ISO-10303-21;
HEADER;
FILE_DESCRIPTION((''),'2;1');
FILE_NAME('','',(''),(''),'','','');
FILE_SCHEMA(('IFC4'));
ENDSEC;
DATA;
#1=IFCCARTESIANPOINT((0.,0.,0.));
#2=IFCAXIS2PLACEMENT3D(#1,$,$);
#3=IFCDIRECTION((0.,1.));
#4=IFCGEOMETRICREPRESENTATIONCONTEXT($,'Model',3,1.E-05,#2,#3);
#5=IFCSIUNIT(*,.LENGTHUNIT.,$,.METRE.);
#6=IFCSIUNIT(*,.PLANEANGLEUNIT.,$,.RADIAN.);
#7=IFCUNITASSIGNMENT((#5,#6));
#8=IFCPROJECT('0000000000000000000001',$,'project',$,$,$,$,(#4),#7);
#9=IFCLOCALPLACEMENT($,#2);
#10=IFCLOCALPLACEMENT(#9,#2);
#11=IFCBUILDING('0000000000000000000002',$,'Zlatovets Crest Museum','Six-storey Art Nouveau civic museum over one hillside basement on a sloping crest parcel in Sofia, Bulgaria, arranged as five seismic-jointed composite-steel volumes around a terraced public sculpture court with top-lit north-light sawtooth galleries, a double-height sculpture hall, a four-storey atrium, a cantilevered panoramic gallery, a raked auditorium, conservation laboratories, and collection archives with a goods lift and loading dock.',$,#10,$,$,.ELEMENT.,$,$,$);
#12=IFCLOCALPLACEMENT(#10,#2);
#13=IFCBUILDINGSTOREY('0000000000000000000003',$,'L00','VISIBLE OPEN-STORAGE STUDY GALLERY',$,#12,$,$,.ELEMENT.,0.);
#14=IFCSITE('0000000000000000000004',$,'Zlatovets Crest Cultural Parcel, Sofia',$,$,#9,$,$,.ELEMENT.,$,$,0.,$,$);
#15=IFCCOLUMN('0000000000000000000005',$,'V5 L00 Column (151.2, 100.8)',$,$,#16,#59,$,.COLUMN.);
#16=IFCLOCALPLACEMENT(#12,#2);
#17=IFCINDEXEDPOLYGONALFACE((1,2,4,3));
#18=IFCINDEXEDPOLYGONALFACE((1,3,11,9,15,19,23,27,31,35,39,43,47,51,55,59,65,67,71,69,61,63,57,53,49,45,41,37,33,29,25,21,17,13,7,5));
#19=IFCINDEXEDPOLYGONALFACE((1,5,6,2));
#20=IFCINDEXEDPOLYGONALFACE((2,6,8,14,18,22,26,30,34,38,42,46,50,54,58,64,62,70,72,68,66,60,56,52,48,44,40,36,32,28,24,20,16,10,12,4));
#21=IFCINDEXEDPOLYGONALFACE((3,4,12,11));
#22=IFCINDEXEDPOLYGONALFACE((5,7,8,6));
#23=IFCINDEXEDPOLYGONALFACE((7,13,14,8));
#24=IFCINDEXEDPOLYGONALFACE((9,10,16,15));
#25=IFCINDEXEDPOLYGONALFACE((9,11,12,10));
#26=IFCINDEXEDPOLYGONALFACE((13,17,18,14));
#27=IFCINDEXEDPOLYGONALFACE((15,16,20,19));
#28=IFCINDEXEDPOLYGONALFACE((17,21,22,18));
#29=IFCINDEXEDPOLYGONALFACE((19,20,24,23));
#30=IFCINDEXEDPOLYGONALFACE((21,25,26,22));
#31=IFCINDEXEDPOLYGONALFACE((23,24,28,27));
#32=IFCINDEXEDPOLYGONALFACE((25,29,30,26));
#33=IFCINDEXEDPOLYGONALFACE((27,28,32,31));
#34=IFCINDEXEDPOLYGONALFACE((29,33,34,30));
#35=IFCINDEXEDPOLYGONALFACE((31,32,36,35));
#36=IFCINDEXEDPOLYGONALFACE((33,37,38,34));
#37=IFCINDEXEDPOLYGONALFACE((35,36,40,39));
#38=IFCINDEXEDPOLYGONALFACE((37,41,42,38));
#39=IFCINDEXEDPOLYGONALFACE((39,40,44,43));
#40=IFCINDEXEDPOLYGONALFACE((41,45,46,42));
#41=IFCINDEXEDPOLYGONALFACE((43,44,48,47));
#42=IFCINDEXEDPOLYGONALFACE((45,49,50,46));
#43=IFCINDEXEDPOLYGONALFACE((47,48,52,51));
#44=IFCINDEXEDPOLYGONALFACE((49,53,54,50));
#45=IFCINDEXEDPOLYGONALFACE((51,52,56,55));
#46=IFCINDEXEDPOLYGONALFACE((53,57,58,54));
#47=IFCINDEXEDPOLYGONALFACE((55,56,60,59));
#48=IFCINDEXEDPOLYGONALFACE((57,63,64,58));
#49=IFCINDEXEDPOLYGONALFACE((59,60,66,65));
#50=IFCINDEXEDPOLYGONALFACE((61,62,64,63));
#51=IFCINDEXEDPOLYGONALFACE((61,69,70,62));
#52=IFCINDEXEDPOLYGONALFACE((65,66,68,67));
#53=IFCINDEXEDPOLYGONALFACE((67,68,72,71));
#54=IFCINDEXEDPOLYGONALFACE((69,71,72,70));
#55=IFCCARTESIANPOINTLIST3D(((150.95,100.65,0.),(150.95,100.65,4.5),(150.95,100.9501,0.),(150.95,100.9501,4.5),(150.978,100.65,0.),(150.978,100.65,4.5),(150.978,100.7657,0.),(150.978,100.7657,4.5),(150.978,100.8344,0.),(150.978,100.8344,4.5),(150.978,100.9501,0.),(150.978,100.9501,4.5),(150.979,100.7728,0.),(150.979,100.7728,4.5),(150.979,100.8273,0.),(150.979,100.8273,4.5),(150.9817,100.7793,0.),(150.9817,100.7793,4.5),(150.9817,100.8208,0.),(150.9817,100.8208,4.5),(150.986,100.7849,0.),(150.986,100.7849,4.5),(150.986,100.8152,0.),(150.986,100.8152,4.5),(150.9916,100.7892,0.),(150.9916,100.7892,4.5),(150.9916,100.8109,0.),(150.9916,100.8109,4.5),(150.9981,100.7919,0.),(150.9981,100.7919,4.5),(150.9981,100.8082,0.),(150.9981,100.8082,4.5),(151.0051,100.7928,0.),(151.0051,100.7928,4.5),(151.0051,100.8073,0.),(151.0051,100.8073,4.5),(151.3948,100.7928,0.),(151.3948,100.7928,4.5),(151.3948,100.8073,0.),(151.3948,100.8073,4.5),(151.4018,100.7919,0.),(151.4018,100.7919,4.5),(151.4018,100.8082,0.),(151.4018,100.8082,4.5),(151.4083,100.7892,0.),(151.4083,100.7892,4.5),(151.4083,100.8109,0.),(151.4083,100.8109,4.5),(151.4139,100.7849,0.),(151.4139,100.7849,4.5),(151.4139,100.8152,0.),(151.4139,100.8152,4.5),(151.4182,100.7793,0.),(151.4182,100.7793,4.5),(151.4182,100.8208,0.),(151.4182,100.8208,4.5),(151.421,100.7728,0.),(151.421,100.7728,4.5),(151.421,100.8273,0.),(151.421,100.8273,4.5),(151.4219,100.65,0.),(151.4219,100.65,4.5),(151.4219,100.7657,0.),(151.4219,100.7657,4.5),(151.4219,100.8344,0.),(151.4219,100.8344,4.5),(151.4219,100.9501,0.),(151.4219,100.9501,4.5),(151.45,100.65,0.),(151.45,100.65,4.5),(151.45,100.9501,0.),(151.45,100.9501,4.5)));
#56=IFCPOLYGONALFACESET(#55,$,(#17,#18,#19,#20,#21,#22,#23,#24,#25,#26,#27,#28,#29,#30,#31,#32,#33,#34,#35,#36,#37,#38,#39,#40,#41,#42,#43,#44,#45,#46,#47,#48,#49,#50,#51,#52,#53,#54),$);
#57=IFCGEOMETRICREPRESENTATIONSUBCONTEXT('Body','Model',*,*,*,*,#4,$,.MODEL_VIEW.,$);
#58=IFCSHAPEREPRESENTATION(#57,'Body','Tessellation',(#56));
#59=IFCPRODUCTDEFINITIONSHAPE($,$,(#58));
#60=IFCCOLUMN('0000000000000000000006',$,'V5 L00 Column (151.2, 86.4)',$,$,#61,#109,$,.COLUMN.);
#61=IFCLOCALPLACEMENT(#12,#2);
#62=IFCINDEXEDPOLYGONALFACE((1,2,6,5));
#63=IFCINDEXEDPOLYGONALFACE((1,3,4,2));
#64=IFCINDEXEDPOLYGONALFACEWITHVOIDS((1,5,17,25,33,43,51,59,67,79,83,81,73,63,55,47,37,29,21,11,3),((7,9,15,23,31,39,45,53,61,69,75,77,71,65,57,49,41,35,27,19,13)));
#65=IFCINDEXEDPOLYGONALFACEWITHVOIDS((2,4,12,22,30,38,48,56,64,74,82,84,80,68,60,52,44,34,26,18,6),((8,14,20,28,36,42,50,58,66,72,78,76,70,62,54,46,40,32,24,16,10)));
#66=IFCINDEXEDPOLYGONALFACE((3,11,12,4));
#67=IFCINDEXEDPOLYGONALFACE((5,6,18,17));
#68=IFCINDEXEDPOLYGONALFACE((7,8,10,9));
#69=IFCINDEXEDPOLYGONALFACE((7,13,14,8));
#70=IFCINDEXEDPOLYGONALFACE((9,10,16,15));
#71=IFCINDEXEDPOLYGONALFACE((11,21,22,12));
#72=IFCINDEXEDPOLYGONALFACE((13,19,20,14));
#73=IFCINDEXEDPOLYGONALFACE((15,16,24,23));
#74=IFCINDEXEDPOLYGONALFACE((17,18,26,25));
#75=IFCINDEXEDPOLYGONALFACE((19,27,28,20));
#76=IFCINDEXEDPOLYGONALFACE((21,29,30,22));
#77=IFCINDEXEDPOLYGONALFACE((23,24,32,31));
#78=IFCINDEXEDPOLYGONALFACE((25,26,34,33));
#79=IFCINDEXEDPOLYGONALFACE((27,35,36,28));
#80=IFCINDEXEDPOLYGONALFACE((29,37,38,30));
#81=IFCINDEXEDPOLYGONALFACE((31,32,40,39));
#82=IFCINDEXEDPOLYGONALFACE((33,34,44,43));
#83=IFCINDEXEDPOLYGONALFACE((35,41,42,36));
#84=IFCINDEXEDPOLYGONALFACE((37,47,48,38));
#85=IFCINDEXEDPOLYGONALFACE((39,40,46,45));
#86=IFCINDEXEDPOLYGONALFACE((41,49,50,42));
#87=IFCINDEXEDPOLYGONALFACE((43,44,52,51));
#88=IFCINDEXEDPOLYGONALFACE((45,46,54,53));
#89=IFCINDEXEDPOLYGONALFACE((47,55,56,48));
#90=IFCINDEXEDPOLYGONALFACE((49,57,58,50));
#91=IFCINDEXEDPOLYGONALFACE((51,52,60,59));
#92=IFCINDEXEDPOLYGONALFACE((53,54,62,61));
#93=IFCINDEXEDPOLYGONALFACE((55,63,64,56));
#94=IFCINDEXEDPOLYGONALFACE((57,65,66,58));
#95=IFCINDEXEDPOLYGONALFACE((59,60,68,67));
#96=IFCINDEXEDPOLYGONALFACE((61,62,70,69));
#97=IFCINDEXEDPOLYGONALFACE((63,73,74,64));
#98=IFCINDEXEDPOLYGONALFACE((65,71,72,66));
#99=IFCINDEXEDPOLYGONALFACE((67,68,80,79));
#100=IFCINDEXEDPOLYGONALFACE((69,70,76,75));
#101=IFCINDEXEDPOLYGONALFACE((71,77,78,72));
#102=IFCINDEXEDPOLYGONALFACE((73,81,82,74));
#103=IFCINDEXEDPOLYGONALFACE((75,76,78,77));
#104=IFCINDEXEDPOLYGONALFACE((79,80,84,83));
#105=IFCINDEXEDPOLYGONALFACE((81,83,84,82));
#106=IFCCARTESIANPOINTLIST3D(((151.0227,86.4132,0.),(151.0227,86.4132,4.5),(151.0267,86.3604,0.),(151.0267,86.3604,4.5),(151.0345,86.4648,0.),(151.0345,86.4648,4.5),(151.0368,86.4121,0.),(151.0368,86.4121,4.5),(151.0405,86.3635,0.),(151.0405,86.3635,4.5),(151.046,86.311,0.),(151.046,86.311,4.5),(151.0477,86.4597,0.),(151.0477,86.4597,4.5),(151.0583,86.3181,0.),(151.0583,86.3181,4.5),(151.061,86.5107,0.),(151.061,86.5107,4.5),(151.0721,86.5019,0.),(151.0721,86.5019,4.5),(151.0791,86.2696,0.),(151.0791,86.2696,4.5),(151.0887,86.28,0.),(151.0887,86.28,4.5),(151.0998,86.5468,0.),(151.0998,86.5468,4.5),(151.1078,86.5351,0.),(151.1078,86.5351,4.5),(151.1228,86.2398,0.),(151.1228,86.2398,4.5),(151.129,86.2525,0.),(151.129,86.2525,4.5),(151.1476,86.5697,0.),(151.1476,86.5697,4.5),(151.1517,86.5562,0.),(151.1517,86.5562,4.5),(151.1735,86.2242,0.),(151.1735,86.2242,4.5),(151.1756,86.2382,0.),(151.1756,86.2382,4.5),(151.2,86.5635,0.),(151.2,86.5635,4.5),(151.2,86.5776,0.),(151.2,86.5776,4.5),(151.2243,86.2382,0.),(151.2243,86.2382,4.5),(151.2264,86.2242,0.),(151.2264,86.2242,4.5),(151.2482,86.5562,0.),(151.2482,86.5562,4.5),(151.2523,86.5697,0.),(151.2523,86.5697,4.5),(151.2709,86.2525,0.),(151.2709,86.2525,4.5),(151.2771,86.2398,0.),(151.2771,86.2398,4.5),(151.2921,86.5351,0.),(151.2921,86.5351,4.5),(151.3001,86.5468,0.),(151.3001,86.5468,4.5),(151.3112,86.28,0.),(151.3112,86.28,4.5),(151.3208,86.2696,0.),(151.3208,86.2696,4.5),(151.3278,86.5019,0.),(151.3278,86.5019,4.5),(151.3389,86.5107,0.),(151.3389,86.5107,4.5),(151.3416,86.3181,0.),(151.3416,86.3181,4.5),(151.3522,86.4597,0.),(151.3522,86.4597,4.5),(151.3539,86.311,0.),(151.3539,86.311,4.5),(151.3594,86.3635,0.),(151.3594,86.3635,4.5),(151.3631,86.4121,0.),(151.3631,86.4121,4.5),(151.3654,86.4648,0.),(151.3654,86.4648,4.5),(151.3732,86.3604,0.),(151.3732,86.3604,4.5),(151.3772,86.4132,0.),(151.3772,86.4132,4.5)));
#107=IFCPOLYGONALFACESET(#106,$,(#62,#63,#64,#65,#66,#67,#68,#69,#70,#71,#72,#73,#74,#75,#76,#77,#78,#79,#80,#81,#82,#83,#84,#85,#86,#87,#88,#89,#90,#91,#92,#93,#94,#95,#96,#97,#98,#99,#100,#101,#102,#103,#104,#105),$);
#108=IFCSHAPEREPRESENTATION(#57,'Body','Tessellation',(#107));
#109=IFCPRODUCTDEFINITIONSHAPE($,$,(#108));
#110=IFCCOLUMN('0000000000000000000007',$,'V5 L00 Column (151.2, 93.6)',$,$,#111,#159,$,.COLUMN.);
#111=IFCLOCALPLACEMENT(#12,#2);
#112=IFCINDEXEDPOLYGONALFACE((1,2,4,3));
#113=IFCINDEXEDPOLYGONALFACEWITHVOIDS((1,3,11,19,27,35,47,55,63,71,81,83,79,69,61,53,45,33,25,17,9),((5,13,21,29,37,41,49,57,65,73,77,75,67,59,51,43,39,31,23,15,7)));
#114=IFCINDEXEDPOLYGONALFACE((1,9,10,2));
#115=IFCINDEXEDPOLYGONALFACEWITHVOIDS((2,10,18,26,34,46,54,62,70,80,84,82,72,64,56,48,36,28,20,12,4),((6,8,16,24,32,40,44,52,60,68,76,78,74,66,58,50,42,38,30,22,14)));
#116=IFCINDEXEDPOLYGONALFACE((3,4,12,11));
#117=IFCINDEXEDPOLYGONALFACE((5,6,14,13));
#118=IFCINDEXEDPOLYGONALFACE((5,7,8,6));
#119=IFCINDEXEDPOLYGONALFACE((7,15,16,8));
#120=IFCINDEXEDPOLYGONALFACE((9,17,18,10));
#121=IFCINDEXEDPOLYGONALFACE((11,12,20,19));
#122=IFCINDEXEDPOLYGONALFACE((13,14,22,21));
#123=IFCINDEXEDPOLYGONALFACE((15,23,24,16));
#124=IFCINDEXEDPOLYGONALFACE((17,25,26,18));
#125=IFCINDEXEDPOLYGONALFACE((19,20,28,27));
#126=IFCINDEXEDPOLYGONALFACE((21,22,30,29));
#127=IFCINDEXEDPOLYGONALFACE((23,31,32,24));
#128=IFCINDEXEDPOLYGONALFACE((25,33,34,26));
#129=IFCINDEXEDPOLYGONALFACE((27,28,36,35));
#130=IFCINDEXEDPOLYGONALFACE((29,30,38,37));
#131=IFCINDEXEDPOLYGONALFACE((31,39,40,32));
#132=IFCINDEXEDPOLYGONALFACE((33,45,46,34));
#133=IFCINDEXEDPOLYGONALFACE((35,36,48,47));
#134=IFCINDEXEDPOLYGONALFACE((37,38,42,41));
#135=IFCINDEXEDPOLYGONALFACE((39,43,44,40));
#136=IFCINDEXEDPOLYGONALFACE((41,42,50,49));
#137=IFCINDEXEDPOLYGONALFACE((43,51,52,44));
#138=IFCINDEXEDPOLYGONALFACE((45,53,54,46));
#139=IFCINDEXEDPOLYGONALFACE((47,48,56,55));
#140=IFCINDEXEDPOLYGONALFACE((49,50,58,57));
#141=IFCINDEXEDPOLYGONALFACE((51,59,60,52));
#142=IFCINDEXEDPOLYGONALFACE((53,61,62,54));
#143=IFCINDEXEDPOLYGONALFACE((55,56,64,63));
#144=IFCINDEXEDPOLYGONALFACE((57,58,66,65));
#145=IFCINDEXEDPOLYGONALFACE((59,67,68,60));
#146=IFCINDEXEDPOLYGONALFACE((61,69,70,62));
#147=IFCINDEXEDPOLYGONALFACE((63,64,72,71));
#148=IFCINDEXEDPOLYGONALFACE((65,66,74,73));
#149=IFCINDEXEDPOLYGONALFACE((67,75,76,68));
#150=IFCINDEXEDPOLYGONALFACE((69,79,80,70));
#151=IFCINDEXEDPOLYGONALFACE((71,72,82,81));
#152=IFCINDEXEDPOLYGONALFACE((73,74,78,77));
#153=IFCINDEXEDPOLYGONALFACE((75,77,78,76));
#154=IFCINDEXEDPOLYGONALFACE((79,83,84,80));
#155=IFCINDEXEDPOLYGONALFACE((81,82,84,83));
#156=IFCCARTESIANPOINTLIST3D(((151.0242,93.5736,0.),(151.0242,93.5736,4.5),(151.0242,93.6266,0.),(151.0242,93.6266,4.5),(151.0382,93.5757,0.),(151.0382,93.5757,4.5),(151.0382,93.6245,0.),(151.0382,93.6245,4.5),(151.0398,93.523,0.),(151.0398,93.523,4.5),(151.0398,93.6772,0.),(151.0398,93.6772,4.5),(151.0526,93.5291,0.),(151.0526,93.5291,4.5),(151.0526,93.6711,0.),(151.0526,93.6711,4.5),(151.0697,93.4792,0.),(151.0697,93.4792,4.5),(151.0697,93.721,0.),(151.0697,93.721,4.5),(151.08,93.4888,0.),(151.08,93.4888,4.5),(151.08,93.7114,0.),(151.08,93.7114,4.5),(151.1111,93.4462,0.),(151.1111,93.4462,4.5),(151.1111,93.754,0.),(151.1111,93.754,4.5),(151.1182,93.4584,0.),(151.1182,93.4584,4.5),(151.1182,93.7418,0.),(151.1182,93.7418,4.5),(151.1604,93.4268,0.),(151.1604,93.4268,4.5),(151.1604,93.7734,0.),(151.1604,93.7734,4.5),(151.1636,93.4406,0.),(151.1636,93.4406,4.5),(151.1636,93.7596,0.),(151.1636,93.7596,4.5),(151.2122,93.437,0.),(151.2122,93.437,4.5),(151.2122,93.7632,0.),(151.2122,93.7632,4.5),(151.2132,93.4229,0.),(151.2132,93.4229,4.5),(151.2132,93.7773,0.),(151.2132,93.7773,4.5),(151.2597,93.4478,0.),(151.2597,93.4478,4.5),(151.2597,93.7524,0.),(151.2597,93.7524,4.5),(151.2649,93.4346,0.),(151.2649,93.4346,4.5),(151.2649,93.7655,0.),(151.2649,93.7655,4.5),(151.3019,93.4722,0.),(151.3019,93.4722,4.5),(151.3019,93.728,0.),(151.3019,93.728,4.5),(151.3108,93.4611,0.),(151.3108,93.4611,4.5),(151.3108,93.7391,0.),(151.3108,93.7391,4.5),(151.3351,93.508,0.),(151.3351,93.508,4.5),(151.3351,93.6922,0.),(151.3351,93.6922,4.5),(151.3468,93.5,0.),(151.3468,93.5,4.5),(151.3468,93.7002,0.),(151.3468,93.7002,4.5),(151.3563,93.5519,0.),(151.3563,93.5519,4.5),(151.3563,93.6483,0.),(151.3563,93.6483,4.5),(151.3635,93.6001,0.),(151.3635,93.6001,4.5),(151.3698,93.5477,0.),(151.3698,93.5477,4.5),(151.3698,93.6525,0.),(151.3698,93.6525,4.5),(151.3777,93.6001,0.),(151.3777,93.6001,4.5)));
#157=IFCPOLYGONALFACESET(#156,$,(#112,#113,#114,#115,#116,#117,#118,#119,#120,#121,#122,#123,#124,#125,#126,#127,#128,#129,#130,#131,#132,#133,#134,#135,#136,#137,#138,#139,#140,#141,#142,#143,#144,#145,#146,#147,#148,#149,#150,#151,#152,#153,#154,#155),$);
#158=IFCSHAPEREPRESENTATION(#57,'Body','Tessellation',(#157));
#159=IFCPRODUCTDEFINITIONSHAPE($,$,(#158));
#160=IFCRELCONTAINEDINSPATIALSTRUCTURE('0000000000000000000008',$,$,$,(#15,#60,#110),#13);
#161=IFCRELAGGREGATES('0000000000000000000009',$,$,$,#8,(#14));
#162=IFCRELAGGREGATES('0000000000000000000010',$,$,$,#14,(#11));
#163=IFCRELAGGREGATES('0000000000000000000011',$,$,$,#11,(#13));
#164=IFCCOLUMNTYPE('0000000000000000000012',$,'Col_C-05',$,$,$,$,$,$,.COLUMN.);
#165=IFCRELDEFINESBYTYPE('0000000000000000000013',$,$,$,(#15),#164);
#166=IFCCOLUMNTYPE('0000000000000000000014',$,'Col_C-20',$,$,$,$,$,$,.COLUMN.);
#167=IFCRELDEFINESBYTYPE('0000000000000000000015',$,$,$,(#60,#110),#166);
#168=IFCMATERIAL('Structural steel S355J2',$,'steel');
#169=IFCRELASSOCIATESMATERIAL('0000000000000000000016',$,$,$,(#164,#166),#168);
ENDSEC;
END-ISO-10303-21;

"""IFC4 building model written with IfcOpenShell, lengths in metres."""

from ifc_helpers import new_model, si_unit, direction, frame, origin, origin_2d, place, context, subcontext, project, spatial, hollow_circle, i_section, extrude, material, material_profile, profile_set, type_object, element, save


model = new_model("IFC4")

# Units and contexts
model_context = context("Model", 3, precision=1e-05, world=origin(), true_north=direction((0.0, 1.0)))
body_context = subcontext(model_context, "Body", "Model", "MODEL_VIEW")
ifc_project = project(units=[si_unit("LENGTHUNIT", "METRE"), si_unit("PLANEANGLEUNIT", "RADIAN")], contexts=[model_context])

# Site, building, storey
site_placement = place(None, origin())
site = spatial("IfcSite", under=ifc_project, at=site_placement, Name="Zlatovets Crest Cultural Parcel, Sofia", CompositionType="ELEMENT", RefElevation=0.0)
building_placement = place(site_placement, origin())
building = spatial("IfcBuilding", under=site, at=building_placement, Name="Zlatovets Crest Museum", Description="Six-storey Art Nouveau civic museum over one hillside basement on a sloping crest parcel in Sofia, Bulgaria, arranged as five seismic-jointed composite-steel volumes around a terraced public sculpture court with top-lit north-light sawtooth galleries, a double-height sculpture hall, a four-storey atrium, a cantilevered panoramic gallery, a raked auditorium, conservation laboratories, and collection archives with a goods lift and loading dock.", CompositionType="ELEMENT")
storey_placement = place(building_placement, origin())
storey = spatial("IfcBuildingStorey", under=building, at=storey_placement, Name="L00", Description="VISIBLE OPEN-STORAGE STUDY GALLERY", CompositionType="ELEMENT", Elevation=0.0)

# Columns
ifc_material_1 = material(Name="Structural steel S355J2", Category="steel")
ifc_material_profile_1 = material_profile(ifc_material_1, i_section(OverallWidth=0.3, OverallDepth=0.5, WebThickness=0.0144, FlangeThickness=0.0281, FilletRadius=0.0271, at=origin_2d()), Name="HEB 500")
ifc_profile_set_1 = profile_set([ifc_material_profile_1], Name="Structural steel S355J2")
column_type_1 = type_object("IfcColumnType", Name="Col_C-05", PredefinedType="COLUMN", material=ifc_profile_set_1)
column_placement = place(storey_placement, frame((151.2, 100.8, 0.0), z_axis=(0.0, 0.0, 1.0), x_axis=(0.0, 1.0, 0.0)))
element("IfcColumn", 1, at=column_placement, inside=storey, type_object=column_type_1, Name="V5 L00 Column (151.2, 100.8)", PredefinedType="COLUMN", context=body_context, shape_type="SweptSolid", body=[
    extrude(i_section(OverallWidth=0.3, OverallDepth=0.5, WebThickness=0.0144, FlangeThickness=0.0281, FilletRadius=0.0271, at=origin_2d()), origin(), (0.0, 0.0, 1.0), 4.5),
])
ifc_material_profile_2 = material_profile(ifc_material_1, hollow_circle(Radius=0.1777, WallThickness=0.0142, at=origin_2d()), Name="CHS 355.6x14.2")
ifc_profile_set_2 = profile_set([ifc_material_profile_2], Name="Structural steel S355J2")
column_type_2 = type_object("IfcColumnType", Name="Col_C-20", PredefinedType="COLUMN", material=ifc_profile_set_2)
for number, where, z_axis, x_axis, name in (
    (2, (151.2, 86.3999, 0.0), (0.0, 0.0, 1.0), (0.0, 1.0, 0.0), "V5 L00 Column (151.2, 86.4)"),
    (3, (151.2, 93.6001, 0.0), (0.0, 0.0, 1.0), (1.0, 0.0, 0.0), "V5 L00 Column (151.2, 93.6)"),
):
    element("IfcColumn", number, at=place(storey_placement, frame(where, z_axis=z_axis, x_axis=x_axis)), inside=storey, type_object=column_type_2, Name=name, PredefinedType="COLUMN", context=body_context, shape_type="SweptSolid", body=[
        extrude(hollow_circle(Radius=0.1777, WallThickness=0.0142, at=origin_2d()), origin(), (0.0, 0.0, 1.0), 4.5),
    ])

save(model, "model.ifc")
